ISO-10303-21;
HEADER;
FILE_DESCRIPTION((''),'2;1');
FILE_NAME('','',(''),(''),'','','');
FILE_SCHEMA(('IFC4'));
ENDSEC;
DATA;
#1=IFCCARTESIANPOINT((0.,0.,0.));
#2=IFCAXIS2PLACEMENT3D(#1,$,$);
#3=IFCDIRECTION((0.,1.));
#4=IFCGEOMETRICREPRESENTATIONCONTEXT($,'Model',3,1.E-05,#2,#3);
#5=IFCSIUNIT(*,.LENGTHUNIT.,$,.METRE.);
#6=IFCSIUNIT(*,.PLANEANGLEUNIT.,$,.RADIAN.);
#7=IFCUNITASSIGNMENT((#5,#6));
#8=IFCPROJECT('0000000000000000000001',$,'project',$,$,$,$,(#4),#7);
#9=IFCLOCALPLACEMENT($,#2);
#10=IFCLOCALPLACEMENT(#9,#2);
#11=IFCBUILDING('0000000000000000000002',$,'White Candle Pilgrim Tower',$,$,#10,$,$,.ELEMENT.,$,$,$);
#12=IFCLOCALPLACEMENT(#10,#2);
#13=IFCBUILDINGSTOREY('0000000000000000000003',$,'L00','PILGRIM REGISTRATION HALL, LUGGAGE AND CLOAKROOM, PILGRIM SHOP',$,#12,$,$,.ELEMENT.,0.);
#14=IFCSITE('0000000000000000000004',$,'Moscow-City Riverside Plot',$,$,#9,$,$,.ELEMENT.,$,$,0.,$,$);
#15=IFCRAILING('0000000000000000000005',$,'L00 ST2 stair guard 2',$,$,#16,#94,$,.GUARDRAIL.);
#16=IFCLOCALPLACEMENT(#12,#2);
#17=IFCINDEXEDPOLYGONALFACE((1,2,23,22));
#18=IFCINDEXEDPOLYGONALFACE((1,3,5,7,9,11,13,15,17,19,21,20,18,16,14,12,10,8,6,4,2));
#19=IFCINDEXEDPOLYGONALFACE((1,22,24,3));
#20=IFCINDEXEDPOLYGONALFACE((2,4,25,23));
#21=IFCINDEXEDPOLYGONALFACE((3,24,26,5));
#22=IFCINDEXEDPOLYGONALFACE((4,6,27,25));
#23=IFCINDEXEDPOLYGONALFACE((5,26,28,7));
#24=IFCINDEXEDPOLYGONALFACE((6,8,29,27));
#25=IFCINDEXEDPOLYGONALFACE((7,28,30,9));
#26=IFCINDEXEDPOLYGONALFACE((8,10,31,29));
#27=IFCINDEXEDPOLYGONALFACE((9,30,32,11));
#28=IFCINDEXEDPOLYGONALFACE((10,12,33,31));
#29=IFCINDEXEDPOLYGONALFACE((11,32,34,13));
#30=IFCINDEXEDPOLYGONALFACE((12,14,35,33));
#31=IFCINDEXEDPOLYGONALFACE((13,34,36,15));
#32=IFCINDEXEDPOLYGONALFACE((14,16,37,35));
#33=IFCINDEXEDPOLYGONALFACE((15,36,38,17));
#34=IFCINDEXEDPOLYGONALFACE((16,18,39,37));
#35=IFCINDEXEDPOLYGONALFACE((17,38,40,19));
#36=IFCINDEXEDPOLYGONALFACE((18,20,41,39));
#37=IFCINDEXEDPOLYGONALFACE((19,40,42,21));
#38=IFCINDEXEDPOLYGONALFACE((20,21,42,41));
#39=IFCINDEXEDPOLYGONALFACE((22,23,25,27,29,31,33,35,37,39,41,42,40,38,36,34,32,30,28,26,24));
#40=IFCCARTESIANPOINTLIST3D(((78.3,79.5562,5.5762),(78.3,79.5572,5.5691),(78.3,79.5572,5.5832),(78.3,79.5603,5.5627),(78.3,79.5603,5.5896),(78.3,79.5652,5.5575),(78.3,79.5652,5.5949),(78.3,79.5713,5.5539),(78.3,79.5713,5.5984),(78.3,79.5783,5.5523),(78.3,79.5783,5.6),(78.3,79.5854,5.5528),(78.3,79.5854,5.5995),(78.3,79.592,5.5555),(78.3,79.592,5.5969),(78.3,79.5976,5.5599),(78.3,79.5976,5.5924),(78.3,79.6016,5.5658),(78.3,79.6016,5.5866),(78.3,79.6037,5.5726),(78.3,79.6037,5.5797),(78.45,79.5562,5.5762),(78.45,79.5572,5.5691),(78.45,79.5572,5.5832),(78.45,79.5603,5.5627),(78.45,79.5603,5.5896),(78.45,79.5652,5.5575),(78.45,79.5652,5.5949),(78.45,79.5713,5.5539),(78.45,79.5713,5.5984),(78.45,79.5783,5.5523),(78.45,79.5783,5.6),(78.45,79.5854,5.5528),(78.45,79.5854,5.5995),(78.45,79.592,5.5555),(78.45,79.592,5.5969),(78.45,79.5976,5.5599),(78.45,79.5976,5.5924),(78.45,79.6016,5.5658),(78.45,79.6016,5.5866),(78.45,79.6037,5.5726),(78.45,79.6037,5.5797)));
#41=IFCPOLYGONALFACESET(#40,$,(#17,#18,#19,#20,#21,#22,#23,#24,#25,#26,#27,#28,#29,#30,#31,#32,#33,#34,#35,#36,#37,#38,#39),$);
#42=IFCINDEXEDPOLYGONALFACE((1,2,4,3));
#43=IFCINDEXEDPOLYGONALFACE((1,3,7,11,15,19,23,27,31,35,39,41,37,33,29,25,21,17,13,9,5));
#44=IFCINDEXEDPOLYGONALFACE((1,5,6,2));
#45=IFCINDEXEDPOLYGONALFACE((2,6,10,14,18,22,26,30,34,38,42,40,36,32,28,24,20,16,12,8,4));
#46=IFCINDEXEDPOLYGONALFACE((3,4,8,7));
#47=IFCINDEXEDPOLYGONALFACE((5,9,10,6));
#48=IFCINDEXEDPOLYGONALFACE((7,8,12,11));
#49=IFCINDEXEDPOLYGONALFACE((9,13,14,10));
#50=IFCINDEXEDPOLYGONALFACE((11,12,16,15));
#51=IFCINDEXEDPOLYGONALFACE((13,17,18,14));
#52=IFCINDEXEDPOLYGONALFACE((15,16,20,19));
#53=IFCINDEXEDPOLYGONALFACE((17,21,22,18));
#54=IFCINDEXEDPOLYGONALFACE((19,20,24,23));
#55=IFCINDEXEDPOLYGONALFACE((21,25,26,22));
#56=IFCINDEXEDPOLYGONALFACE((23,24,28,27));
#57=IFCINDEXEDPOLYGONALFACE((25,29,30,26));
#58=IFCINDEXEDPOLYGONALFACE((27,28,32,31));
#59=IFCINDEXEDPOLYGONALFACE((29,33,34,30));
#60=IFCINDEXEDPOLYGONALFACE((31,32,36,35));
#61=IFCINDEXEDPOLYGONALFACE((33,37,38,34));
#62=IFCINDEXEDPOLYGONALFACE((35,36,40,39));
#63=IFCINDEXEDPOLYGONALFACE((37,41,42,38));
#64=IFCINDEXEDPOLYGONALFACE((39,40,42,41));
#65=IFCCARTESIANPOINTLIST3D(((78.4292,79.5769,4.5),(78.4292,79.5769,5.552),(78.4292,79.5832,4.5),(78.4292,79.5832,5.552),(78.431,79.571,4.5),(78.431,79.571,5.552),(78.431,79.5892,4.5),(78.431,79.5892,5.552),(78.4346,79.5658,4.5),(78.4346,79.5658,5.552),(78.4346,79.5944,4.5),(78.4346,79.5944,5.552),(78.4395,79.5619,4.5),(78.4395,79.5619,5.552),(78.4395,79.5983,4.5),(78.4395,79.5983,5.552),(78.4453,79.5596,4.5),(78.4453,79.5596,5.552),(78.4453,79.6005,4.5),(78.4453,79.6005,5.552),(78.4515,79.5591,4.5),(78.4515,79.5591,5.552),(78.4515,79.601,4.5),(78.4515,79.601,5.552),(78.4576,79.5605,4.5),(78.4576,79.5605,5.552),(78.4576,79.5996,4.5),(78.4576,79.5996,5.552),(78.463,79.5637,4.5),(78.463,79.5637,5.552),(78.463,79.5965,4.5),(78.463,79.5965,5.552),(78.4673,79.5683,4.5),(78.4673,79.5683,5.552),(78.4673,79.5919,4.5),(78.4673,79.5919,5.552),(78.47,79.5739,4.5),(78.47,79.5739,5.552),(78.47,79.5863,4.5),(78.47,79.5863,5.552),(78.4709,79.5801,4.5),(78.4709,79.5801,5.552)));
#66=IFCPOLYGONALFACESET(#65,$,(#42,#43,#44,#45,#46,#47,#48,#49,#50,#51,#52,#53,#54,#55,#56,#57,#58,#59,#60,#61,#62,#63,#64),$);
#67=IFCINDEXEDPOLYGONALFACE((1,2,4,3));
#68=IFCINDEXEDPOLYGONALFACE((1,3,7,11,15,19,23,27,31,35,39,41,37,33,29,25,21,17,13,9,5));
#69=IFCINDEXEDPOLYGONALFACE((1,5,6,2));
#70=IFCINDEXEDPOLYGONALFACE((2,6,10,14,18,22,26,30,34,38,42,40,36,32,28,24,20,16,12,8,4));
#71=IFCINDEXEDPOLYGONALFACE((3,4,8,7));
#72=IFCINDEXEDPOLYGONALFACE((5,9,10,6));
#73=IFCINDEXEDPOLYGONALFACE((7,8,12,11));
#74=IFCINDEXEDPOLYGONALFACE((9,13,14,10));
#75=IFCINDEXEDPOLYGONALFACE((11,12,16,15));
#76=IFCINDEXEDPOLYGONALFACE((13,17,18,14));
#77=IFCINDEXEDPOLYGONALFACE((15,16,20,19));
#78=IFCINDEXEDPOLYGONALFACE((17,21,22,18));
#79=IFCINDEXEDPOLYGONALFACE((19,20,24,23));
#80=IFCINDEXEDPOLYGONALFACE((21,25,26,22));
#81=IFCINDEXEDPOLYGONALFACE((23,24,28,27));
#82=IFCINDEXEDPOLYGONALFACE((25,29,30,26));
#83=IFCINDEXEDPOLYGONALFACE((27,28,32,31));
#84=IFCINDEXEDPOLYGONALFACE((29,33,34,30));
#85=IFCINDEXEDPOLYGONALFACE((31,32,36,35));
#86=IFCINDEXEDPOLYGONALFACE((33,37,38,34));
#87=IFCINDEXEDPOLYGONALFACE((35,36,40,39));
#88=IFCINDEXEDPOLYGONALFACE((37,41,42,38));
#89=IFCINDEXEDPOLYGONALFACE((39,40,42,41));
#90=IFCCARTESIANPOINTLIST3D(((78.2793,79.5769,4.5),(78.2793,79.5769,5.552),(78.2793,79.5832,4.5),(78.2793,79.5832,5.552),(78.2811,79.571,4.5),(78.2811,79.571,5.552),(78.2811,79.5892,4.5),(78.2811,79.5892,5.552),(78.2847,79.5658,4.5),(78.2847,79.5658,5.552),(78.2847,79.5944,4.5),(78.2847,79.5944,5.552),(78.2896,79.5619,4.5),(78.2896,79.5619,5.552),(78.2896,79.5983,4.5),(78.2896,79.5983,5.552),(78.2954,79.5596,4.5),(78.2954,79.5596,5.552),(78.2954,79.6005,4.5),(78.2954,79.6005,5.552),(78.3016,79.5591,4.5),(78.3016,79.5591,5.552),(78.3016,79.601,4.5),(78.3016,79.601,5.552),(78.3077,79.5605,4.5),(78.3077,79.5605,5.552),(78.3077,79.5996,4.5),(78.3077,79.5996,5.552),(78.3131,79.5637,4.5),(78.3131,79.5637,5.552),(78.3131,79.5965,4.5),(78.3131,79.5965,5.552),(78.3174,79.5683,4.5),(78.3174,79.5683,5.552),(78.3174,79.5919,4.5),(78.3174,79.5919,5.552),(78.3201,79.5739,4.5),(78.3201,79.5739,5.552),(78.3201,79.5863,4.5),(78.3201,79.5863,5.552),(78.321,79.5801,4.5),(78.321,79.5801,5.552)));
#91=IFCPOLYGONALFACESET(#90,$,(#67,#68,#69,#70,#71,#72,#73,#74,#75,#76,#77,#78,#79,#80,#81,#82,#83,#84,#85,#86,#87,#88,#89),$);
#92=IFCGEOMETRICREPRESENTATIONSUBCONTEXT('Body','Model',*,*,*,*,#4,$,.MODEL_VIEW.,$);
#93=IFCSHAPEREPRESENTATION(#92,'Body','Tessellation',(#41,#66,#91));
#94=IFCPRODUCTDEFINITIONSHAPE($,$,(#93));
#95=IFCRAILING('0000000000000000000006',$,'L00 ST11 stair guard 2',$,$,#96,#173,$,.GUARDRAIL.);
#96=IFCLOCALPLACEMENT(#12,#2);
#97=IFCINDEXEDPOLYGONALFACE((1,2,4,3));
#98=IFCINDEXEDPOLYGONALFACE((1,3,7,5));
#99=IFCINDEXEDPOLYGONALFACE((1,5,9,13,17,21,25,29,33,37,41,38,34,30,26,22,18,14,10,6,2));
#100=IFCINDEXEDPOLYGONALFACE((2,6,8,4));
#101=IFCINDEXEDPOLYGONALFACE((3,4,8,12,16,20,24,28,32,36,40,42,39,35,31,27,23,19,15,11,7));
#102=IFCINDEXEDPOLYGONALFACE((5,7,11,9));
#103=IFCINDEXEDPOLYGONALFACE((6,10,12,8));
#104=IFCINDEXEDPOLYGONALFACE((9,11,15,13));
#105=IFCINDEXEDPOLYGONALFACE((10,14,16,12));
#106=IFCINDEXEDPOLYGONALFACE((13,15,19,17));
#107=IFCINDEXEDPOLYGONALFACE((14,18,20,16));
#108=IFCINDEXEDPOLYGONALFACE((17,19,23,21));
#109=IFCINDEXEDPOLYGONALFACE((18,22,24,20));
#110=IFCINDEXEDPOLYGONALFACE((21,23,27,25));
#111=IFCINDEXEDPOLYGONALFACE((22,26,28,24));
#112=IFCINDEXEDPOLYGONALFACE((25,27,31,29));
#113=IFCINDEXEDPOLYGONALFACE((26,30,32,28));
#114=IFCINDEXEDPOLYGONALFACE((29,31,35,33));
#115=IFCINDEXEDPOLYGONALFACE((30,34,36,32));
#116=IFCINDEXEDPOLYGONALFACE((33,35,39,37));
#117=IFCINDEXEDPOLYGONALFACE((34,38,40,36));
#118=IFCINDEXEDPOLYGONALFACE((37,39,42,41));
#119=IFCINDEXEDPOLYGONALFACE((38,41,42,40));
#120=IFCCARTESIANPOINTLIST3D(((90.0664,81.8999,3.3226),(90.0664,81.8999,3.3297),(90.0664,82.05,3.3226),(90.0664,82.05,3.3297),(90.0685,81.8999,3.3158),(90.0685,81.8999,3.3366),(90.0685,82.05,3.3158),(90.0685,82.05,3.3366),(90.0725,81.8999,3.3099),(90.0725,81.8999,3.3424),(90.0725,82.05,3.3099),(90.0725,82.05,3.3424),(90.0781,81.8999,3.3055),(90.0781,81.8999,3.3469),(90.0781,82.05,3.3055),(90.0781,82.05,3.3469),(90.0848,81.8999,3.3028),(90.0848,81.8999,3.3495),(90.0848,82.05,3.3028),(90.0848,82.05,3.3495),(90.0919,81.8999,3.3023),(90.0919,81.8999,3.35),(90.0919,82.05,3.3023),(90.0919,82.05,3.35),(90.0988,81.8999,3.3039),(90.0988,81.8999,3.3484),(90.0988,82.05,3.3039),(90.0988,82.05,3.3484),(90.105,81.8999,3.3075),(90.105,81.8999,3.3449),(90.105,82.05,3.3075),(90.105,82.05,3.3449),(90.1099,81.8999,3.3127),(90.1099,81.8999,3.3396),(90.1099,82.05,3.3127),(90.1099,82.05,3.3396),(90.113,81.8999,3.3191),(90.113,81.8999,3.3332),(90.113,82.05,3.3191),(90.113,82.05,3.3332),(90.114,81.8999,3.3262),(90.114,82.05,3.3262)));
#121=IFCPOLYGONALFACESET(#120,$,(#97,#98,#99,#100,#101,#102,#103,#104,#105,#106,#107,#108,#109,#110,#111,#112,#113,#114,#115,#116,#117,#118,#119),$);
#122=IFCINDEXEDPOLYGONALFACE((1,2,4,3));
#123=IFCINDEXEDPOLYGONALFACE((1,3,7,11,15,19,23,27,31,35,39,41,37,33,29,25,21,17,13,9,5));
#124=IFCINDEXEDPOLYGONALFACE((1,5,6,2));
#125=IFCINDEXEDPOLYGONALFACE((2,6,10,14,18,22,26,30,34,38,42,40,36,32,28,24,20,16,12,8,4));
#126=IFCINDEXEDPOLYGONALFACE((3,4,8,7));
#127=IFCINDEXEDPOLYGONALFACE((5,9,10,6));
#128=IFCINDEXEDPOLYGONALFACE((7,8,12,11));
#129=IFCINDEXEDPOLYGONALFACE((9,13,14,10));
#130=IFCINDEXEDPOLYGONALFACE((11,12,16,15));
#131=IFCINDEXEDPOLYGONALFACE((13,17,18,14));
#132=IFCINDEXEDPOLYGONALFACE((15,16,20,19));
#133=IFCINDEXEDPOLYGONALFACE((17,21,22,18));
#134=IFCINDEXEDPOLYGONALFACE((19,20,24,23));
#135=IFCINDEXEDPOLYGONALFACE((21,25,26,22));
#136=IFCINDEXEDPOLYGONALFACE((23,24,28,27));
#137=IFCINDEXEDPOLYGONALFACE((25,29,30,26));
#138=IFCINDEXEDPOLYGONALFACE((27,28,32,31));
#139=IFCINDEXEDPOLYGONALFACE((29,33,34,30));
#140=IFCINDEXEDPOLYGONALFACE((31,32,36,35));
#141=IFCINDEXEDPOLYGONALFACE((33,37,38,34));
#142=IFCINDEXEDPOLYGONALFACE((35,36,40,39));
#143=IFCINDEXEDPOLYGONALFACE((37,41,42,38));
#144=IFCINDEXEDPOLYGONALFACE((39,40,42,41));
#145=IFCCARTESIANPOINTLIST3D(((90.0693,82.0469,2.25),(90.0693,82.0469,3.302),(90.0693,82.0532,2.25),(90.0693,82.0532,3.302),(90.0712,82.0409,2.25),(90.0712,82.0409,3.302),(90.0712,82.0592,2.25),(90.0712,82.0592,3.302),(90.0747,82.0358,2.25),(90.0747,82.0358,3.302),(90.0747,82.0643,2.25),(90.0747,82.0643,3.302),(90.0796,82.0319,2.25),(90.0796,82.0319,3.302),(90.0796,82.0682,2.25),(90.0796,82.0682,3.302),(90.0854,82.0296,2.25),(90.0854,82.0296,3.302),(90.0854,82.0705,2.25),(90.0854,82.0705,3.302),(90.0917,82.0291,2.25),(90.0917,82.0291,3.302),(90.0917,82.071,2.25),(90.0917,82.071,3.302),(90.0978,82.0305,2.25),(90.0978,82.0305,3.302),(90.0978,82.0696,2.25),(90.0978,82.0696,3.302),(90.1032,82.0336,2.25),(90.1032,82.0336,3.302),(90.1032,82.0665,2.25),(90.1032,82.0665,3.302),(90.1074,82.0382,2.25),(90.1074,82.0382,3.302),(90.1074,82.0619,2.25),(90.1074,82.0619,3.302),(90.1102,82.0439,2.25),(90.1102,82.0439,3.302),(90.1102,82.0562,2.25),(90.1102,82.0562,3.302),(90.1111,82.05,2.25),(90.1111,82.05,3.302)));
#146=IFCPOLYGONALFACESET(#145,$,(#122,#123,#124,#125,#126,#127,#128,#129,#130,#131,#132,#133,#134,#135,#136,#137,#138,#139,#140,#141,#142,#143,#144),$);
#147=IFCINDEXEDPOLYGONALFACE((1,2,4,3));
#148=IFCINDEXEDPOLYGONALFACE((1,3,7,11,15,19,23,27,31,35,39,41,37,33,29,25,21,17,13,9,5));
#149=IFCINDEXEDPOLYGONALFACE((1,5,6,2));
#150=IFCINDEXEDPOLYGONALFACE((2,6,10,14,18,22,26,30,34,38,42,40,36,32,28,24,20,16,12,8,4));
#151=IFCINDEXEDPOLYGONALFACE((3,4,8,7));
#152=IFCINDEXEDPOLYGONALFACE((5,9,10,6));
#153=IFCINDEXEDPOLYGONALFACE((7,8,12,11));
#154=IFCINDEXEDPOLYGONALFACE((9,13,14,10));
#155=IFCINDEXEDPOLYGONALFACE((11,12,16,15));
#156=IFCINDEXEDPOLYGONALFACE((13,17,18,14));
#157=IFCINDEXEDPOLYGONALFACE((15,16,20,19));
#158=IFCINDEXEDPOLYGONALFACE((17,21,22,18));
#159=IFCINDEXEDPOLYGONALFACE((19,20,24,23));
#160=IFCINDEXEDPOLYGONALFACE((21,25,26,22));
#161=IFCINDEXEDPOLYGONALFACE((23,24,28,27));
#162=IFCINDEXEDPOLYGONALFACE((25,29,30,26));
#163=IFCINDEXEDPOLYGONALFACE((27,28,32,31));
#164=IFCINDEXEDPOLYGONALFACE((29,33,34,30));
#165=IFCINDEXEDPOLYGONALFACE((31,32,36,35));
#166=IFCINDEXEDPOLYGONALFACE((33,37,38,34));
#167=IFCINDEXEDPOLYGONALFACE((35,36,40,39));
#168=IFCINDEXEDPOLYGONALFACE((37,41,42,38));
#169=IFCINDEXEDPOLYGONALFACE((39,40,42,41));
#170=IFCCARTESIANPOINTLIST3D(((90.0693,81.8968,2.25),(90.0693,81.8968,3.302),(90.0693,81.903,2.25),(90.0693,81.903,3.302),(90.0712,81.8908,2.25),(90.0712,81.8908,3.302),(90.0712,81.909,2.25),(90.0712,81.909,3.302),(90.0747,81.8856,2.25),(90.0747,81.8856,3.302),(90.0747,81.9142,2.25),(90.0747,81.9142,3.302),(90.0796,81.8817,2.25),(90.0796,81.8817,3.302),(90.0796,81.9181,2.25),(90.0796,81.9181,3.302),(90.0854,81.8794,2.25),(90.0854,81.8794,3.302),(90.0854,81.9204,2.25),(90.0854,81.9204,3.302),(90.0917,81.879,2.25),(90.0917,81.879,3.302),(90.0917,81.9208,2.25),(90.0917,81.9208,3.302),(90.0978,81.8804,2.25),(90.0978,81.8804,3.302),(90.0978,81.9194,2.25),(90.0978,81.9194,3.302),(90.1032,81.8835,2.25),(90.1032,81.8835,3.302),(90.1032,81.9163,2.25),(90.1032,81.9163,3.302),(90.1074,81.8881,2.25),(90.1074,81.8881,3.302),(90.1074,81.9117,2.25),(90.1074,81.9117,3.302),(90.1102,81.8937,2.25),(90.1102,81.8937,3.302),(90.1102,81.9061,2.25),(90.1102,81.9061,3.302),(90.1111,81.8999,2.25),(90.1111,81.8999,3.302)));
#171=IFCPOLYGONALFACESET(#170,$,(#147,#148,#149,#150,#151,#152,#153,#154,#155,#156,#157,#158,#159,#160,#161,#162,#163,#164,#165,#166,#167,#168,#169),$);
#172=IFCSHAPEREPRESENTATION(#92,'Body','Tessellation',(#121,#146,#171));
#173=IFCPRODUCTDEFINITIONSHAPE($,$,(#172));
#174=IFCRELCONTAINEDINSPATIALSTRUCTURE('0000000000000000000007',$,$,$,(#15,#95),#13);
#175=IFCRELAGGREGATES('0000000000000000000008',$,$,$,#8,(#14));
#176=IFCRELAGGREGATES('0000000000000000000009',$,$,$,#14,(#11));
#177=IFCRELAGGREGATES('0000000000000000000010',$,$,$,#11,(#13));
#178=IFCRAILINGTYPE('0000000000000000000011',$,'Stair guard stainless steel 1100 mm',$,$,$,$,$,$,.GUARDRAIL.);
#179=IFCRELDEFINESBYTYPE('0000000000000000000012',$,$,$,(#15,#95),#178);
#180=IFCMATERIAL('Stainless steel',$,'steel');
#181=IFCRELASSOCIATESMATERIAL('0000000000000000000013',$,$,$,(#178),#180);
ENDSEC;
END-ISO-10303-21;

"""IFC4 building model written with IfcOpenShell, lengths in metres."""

from ifc_helpers import new_model, si_unit, direction, frame, origin, origin_2d, place, context, subcontext, project, spatial, circle, extrude, material, type_object, element, save


model = new_model("IFC4")

# Units and contexts
model_context = context("Model", 3, precision=1e-05, world=origin(), true_north=direction((0.0, 1.0)))
body_context = subcontext(model_context, "Body", "Model", "MODEL_VIEW")
ifc_project = project(units=[si_unit("LENGTHUNIT", "METRE"), si_unit("PLANEANGLEUNIT", "RADIAN")], contexts=[model_context])

# Site, building, storey
site_placement = place(None, origin())
site = spatial("IfcSite", under=ifc_project, at=site_placement, Name="Moscow-City Riverside Plot", CompositionType="ELEMENT", RefElevation=0.0)
building_placement = place(site_placement, origin())
building = spatial("IfcBuilding", under=site, at=building_placement, Name="White Candle Pilgrim Tower", CompositionType="ELEMENT")
storey_placement = place(building_placement, origin())
storey = spatial("IfcBuildingStorey", under=building, at=storey_placement, Name="L00", Description="PILGRIM REGISTRATION HALL, LUGGAGE AND CLOAKROOM, PILGRIM SHOP", CompositionType="ELEMENT", Elevation=0.0)

# Railings
ifc_material_1 = material(Name="Stainless steel", Category="steel")
railing_type_1 = type_object("IfcRailingType", Name="Stair guard stainless steel 1100 mm", PredefinedType="GUARDRAIL", material=ifc_material_1)
railing_1_placement = place(storey_placement, frame((78.45, 79.5801, 4.5)))
element("IfcRailing", 1, at=railing_1_placement, inside=storey, type_object=railing_type_1, Name="L00 ST2 stair guard 2", PredefinedType="GUARDRAIL", context=body_context, shape_type="SweptSolid", body=[
    extrude(circle(Radius=0.0239, at=origin_2d()), frame((0.0, 0.0, 1.0762), z_axis=(-1.0, 0.0, 0.0), x_axis=(0.0, -1.0, 0.0)), (0.0, 0.0, 1.0), 0.1499),
    extrude(circle(Radius=0.021, at=origin_2d()), origin(), (0.0, 0.0, 1.0), 1.052),
    extrude(circle(Radius=0.021, at=origin_2d()), frame((-0.1499, 0.0, 0.0)), (0.0, 0.0, 1.0), 1.052),
])
railing_2_placement = place(storey_placement, frame((90.0901, 82.05, 2.25)))
element("IfcRailing", 2, at=railing_2_placement, inside=storey, type_object=railing_type_1, Name="L00 ST11 stair guard 2", PredefinedType="GUARDRAIL", context=body_context, shape_type="SweptSolid", body=[
    extrude(circle(Radius=0.0239, at=origin_2d()), frame((0.0, 0.0, 1.0762), z_axis=(0.0, -1.0, 0.0), x_axis=(1.0, 0.0, 0.0)), (0.0, 0.0, 1.0), 0.1501),
    extrude(circle(Radius=0.021, at=origin_2d()), origin(), (0.0, 0.0, 1.0), 1.052),
    extrude(circle(Radius=0.021, at=origin_2d()), frame((0.0, -0.1501, 0.0)), (0.0, 0.0, 1.0), 1.052),
])

save(model, "model.ifc")
